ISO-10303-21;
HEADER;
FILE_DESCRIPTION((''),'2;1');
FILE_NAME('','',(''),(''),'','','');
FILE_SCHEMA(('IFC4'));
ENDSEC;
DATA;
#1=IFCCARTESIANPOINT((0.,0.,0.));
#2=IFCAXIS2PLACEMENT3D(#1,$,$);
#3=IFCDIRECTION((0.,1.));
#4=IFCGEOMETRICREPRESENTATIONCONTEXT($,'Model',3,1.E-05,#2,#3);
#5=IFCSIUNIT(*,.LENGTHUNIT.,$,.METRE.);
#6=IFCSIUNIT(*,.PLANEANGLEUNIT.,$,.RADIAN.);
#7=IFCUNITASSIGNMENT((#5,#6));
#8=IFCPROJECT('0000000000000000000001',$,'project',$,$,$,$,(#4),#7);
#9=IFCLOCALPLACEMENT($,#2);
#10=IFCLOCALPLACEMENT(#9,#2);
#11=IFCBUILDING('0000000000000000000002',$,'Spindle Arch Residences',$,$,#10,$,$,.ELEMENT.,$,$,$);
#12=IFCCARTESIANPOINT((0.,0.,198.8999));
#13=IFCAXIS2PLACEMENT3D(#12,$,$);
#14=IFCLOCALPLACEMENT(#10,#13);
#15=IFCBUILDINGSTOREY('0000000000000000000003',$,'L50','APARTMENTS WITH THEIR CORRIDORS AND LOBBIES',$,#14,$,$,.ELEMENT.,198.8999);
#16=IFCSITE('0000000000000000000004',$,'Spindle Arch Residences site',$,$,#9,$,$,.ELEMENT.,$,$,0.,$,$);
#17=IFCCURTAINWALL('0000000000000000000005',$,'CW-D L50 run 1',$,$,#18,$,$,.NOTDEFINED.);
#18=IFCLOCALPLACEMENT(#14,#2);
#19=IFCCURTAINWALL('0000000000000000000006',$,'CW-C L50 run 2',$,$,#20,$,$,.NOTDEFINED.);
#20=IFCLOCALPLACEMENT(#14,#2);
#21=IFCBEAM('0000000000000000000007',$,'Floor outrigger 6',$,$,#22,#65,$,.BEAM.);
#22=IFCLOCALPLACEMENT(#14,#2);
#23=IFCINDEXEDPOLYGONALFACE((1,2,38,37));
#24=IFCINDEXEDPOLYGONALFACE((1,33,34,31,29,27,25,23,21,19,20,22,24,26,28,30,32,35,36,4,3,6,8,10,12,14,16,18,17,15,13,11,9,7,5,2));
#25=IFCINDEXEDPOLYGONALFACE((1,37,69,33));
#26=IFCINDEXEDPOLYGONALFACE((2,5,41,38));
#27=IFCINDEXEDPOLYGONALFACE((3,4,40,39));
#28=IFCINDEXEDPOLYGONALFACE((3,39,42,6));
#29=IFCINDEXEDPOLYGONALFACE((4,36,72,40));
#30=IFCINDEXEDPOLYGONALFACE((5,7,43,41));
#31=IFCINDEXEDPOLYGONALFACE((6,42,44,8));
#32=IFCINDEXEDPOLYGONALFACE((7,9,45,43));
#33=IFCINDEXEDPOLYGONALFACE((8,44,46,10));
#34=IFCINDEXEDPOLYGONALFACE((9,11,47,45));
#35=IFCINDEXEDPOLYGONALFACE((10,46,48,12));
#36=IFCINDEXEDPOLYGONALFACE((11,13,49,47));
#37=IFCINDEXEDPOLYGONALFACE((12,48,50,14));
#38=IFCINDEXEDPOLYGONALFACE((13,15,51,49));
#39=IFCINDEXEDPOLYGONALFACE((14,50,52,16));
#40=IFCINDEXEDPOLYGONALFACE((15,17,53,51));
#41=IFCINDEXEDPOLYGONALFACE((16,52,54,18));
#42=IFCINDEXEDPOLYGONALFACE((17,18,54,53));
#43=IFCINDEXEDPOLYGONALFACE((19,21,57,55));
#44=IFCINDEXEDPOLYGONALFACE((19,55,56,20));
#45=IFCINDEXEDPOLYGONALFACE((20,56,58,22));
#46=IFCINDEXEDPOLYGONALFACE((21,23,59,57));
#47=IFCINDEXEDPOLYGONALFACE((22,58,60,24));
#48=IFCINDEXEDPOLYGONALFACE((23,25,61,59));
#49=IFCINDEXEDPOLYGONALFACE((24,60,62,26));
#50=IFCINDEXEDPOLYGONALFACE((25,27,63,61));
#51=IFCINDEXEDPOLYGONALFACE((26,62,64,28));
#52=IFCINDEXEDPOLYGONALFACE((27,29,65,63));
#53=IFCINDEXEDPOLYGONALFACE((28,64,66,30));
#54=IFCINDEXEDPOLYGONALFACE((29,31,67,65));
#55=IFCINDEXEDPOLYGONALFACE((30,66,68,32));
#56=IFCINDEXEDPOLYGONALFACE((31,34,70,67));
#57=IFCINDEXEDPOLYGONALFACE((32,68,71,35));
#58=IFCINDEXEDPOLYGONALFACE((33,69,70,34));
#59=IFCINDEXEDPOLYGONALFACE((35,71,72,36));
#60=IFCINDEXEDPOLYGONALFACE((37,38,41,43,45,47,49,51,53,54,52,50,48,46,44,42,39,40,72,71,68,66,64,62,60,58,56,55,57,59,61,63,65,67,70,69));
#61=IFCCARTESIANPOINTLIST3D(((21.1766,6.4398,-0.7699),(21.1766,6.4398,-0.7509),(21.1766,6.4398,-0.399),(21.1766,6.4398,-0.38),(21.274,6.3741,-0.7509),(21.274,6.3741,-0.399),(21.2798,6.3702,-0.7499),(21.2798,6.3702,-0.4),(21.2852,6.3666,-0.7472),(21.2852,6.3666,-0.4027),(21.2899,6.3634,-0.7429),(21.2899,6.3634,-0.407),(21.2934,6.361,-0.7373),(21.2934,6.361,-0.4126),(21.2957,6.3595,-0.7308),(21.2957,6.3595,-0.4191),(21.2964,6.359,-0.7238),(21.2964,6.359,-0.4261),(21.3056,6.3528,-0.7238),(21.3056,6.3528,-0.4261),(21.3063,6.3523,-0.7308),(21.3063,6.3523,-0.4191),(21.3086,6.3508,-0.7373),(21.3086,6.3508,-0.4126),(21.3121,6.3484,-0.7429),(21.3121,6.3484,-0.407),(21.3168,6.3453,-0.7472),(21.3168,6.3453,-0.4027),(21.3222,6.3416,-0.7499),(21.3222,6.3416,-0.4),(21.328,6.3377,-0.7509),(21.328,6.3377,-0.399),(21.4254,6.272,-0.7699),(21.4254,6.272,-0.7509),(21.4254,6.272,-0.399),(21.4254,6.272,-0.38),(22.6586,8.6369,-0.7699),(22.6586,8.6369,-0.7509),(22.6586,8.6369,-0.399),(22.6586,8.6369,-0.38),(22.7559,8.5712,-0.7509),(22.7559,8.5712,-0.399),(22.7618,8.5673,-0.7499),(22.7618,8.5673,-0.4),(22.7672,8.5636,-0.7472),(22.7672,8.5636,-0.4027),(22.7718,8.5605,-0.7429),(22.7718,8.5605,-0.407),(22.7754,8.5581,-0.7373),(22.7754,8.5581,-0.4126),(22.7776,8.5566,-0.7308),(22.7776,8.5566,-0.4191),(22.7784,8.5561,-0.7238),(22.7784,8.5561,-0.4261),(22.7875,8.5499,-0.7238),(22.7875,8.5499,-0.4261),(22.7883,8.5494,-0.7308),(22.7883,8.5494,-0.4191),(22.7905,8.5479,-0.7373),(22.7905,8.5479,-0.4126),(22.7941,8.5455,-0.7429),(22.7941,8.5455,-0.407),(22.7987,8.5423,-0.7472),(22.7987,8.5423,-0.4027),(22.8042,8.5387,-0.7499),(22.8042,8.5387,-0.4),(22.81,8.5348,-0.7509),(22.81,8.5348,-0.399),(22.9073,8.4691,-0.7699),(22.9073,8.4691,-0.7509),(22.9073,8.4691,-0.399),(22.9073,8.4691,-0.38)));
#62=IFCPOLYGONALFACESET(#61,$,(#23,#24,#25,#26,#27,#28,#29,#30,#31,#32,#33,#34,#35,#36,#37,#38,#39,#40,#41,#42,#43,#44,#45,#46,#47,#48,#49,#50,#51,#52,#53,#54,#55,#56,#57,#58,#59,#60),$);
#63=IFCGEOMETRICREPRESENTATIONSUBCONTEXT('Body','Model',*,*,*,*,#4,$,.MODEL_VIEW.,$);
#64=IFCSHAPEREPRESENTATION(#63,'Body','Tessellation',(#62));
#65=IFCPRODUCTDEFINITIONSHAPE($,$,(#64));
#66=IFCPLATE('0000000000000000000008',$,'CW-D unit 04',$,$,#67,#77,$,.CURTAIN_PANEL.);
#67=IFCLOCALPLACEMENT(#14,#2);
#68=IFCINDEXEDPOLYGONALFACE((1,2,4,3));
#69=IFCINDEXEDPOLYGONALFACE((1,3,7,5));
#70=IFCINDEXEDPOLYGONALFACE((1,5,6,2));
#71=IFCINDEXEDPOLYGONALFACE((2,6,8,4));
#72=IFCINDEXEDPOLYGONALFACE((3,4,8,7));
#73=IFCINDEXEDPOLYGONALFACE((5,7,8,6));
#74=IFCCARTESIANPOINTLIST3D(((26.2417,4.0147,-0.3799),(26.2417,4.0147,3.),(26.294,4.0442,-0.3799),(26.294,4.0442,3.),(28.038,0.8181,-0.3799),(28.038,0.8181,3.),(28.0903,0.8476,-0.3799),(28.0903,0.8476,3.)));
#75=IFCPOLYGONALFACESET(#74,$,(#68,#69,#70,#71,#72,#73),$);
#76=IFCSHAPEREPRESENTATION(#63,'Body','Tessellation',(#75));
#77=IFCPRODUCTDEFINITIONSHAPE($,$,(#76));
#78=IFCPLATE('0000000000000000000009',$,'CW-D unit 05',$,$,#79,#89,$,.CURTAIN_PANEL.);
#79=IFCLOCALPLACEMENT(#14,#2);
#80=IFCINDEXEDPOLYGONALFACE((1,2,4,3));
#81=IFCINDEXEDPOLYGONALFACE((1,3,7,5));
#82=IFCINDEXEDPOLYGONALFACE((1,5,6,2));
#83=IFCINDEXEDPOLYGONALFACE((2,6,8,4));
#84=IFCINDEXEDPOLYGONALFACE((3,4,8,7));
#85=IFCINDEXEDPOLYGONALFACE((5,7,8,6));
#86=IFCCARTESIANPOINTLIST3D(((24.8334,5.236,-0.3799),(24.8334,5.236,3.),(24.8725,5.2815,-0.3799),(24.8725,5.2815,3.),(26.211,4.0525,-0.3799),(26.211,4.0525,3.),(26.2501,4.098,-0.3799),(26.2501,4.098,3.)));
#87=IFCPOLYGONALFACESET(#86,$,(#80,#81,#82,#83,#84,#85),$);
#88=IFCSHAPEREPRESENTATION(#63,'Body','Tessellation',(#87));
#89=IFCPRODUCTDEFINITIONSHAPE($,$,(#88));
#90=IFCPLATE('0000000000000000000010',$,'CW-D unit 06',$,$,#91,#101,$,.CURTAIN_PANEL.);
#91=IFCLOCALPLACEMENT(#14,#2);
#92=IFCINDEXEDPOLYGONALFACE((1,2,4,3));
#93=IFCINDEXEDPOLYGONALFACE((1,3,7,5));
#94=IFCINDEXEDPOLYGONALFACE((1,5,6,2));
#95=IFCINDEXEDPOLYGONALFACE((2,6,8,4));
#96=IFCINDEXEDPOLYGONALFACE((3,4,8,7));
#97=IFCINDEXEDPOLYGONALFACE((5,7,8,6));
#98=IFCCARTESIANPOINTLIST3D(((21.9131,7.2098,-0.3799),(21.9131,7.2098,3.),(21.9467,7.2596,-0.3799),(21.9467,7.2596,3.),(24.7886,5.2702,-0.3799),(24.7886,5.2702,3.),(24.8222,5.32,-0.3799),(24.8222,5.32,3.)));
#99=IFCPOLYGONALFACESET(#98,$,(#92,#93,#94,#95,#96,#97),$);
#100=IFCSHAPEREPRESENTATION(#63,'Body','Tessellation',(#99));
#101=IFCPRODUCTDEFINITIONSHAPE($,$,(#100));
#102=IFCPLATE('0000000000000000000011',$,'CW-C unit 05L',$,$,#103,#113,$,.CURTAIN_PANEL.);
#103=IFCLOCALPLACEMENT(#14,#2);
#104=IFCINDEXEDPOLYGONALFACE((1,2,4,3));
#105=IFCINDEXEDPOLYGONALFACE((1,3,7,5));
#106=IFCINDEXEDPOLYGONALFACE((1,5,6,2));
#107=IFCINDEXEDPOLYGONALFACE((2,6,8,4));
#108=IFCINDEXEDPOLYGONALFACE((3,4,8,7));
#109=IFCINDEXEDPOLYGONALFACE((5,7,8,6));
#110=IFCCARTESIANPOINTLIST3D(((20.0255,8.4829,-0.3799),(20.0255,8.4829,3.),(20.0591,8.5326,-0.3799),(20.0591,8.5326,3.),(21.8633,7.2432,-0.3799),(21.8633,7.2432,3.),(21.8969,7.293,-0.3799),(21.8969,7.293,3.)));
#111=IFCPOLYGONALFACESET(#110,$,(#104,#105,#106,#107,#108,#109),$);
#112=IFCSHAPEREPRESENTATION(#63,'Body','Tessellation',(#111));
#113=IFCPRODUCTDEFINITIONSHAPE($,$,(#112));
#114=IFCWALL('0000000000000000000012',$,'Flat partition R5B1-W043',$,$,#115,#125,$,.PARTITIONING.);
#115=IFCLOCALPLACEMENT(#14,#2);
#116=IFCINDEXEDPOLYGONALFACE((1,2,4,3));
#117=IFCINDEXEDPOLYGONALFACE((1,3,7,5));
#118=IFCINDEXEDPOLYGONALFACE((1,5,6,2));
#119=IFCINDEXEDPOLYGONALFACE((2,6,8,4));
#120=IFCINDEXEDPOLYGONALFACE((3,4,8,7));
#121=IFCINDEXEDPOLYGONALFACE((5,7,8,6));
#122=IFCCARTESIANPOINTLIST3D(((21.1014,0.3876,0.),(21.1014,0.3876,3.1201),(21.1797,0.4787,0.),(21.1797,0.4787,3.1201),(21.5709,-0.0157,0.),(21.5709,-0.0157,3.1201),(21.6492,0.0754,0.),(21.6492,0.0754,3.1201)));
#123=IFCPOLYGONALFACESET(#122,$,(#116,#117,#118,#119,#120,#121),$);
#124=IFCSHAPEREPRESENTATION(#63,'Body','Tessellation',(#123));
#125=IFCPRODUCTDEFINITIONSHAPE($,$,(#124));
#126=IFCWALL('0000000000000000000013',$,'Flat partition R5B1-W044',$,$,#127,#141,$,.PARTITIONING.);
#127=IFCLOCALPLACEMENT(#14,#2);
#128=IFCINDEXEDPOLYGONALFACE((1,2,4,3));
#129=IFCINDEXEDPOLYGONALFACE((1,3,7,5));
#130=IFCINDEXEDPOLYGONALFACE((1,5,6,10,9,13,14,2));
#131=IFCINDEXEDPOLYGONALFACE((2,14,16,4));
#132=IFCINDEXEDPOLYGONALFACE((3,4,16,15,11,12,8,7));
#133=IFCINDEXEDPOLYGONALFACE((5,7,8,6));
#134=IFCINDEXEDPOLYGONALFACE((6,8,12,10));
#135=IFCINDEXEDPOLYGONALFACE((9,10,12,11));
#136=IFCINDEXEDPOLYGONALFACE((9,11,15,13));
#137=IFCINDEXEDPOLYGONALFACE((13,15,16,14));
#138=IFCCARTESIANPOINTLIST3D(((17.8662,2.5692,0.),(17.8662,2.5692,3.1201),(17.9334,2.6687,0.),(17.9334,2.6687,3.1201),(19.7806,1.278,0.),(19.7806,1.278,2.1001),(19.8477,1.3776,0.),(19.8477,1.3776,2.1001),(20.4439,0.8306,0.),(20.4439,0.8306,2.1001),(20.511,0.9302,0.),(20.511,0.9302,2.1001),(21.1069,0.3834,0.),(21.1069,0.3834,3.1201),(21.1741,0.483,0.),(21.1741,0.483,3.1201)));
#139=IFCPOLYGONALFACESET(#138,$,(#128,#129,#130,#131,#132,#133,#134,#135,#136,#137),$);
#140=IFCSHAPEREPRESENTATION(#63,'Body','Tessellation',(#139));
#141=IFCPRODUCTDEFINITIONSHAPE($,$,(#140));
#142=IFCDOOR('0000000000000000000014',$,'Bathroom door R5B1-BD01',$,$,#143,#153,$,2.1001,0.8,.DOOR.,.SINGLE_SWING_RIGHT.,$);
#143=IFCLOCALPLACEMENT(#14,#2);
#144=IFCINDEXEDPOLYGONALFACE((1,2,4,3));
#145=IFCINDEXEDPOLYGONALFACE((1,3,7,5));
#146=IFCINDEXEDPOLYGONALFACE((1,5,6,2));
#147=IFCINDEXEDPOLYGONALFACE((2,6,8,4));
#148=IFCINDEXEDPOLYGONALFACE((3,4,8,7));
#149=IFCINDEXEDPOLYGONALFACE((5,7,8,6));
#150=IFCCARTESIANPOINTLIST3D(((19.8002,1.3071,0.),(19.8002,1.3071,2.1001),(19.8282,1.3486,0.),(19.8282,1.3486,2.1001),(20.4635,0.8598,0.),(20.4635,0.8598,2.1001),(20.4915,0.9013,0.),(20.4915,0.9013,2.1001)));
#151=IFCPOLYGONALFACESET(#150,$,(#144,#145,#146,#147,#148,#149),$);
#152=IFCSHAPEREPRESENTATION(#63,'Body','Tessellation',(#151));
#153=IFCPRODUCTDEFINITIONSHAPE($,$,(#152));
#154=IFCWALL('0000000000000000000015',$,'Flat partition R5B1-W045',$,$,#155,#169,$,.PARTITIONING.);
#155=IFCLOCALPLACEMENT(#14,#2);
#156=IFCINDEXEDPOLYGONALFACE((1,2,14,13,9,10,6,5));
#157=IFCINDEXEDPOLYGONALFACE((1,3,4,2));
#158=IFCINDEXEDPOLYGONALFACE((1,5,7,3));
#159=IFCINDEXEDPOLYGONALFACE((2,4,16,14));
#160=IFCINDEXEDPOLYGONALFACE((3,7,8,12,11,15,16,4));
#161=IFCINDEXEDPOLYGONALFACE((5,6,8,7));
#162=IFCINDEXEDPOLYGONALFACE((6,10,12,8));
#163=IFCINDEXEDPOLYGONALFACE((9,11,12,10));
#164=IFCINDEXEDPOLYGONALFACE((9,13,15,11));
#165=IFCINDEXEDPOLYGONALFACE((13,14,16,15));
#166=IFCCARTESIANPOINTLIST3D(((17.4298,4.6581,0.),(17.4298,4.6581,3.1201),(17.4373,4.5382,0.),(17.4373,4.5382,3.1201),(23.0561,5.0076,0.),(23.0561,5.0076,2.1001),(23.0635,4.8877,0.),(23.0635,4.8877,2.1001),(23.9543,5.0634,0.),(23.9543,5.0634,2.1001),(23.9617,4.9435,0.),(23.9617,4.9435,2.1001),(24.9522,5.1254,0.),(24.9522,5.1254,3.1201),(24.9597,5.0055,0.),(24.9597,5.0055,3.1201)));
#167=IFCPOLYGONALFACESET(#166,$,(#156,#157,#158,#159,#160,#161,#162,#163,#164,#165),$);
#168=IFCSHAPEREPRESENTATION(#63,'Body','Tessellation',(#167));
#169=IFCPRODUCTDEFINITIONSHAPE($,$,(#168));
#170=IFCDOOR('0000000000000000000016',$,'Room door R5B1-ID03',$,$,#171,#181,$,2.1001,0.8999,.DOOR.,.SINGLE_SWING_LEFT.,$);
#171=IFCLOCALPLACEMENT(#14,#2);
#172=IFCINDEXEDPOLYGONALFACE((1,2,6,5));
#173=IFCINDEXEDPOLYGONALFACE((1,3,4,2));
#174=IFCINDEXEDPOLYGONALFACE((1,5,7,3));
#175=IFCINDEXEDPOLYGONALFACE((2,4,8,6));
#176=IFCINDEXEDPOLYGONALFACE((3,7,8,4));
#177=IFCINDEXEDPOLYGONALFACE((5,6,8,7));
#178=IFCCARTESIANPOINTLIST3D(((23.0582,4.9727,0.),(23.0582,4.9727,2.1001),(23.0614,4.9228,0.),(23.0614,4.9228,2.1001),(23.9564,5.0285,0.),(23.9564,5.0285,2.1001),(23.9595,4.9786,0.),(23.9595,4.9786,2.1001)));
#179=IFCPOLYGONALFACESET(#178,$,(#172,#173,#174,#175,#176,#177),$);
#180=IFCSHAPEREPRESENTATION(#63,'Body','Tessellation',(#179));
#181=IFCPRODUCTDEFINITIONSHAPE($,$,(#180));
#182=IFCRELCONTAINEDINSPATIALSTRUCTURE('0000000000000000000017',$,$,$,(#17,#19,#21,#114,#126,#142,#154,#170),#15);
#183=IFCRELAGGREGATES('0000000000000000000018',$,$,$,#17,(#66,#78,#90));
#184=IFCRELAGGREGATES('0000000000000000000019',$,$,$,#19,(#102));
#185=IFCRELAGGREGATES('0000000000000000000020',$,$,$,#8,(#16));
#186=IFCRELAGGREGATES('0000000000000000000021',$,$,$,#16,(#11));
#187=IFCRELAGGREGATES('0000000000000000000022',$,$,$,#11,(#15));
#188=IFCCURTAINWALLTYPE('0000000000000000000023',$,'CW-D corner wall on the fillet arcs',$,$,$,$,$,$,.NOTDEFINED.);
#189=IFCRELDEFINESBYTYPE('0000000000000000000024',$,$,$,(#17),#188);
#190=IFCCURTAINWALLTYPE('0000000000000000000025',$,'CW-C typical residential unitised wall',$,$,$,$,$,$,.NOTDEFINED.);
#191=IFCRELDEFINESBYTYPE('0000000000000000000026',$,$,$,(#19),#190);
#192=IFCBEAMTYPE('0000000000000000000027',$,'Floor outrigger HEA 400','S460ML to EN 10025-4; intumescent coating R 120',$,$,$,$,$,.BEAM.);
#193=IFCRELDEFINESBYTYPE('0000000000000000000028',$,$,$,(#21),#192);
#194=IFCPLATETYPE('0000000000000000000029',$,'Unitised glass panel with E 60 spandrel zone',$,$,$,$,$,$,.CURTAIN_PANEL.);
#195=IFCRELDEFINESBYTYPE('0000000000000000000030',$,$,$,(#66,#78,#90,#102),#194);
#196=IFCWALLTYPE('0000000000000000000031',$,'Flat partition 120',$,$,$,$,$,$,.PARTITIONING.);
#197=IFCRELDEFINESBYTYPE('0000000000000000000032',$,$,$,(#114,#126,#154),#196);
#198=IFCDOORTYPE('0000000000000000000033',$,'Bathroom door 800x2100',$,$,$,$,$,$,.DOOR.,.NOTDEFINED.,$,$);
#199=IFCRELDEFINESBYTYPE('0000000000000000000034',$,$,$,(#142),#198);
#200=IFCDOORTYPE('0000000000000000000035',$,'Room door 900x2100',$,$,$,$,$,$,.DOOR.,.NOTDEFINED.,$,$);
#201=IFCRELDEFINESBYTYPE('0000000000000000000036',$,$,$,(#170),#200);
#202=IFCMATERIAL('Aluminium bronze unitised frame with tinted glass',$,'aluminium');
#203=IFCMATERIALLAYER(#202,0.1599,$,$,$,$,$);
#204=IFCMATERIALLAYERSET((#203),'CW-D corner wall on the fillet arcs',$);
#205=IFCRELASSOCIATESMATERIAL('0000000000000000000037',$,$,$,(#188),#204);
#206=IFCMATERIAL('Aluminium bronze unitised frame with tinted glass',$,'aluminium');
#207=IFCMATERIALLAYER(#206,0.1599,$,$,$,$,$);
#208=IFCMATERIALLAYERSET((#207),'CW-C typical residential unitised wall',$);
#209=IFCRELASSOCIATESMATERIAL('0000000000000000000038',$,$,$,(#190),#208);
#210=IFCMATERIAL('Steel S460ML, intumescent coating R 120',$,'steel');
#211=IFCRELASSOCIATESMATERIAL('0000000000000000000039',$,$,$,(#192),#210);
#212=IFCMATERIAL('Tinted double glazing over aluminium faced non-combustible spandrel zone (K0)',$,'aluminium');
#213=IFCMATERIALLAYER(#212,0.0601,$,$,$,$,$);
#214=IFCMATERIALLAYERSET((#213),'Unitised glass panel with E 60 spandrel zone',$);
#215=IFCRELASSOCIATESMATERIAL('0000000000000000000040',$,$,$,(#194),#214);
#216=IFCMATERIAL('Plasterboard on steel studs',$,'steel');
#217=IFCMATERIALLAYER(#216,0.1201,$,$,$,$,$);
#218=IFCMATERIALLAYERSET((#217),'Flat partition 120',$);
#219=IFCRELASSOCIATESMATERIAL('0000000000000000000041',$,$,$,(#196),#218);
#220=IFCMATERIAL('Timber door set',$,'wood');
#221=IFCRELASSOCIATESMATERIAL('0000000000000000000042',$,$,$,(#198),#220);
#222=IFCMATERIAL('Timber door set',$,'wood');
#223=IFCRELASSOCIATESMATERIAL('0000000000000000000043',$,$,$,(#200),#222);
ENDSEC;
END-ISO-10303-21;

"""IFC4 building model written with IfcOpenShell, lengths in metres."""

from ifc_helpers import new_model, si_unit, direction, frame, frame_2d, origin, origin_2d, place, context, subcontext, project, spatial, rectangle, i_section, extrude, material, layer, layer_set, material_profile, profile_set, type_object, element, fill, aggregate, save


model = new_model("IFC4")

# Units and contexts
model_context = context("Model", 3, precision=1e-05, world=origin(), true_north=direction((0.0, 1.0)))
body_context = subcontext(model_context, "Body", "Model", "MODEL_VIEW")
ifc_project = project(units=[si_unit("LENGTHUNIT", "METRE"), si_unit("PLANEANGLEUNIT", "RADIAN")], contexts=[model_context])

# Site, building, storey
site_placement = place(None, origin())
site = spatial("IfcSite", under=ifc_project, at=site_placement, Name="Spindle Arch Residences site", CompositionType="ELEMENT", RefElevation=0.0)
building_placement = place(site_placement, origin())
building = spatial("IfcBuilding", under=site, at=building_placement, Name="Spindle Arch Residences", CompositionType="ELEMENT")
storey_placement = place(building_placement, frame((0.0, 0.0, 198.8999)))
storey = spatial("IfcBuildingStorey", under=building, at=storey_placement, Name="L50", Description="APARTMENTS WITH THEIR CORRIDORS AND LOBBIES", CompositionType="ELEMENT", Elevation=198.8999)

# Curtain wall
ifc_material_1 = material(Name="Aluminium bronze unitised frame with tinted glass", Category="aluminium")
ifc_layer_1 = layer(ifc_material_1, 0.1599)
ifc_layer_set_1 = layer_set([ifc_layer_1], Name="CW-D corner wall on the fillet arcs")
curtain_wall_type_1 = type_object("IfcCurtainWallType", Name="CW-D corner wall on the fillet arcs", PredefinedType="NOTDEFINED", material=ifc_layer_set_1)
curtain_wall_1_placement = place(storey_placement, origin())
curtain_wall_1 = element("IfcCurtainWall", 1, at=curtain_wall_1_placement, inside=storey, type_object=curtain_wall_type_1, Name="CW-D L50 run 1", PredefinedType="NOTDEFINED")

# Curtain wall
ifc_material_2 = material(Name="Aluminium bronze unitised frame with tinted glass", Category="aluminium")
ifc_layer_2 = layer(ifc_material_2, 0.1599)
ifc_layer_set_2 = layer_set([ifc_layer_2], Name="CW-C typical residential unitised wall")
curtain_wall_type_2 = type_object("IfcCurtainWallType", Name="CW-C typical residential unitised wall", PredefinedType="NOTDEFINED", material=ifc_layer_set_2)
curtain_wall_2_placement = place(storey_placement, origin())
curtain_wall_2 = element("IfcCurtainWall", 2, at=curtain_wall_2_placement, inside=storey, type_object=curtain_wall_type_2, Name="CW-C L50 run 2", PredefinedType="NOTDEFINED")

# Beam
ifc_material_3 = material(Name="Steel S460ML, intumescent coating R 120", Category="steel")
ifc_material_profile_1 = material_profile(ifc_material_3, i_section(OverallWidth=0.3, OverallDepth=0.3899, WebThickness=0.011, FlangeThickness=0.019, FilletRadius=0.0271, at=origin_2d()), Name="HEA 400")
ifc_profile_set_1 = profile_set([ifc_material_profile_1], Name="Steel S460ML, intumescent coating R 120")
beam_type_1 = type_object("IfcBeamType", Name="Floor outrigger HEA 400", Description="S460ML to EN 10025-4; intumescent coating R 120", PredefinedType="BEAM", material=ifc_profile_set_1)
beam_1_placement = place(storey_placement, frame((22.783, 8.553, -0.575), z_axis=(-0.559199, -0.829033, 0.0), x_axis=(0.829033, -0.559199, 0.0)))
element("IfcBeam", 3, at=beam_1_placement, inside=storey, type_object=beam_type_1, Name="Floor outrigger 6", PredefinedType="BEAM", context=body_context, shape_type="SweptSolid", body=[
    extrude(i_section(OverallWidth=0.3, OverallDepth=0.3899, WebThickness=0.011, FlangeThickness=0.019, FilletRadius=0.0271, at=origin_2d()), origin(), (0.0, 0.0, 1.0), 2.6501),
])

# Plates
ifc_material_4 = material(Name="Tinted double glazing over aluminium faced non-combustible spandrel zone (K0)", Category="aluminium")
ifc_layer_3 = layer(ifc_material_4, 0.0601)
ifc_layer_set_3 = layer_set([ifc_layer_3], Name="Unitised glass panel with E 60 spandrel zone")
plate_type = type_object("IfcPlateType", Name="Unitised glass panel with E 60 spandrel zone", PredefinedType="CURTAIN_PANEL", material=ifc_layer_set_3)
plate_1_placement = place(storey_placement, frame((27.166, 2.4312, -0.3799), z_axis=(0.0, 0.0, 1.0), x_axis=(-0.48989, 0.871784, 0.0)))
plate_1 = element("IfcPlate", 4, at=plate_1_placement, type_object=plate_type, Name="CW-D unit 04", PredefinedType="CURTAIN_PANEL", context=body_context, shape_type="SweptSolid", body=[
    extrude(rectangle(XDim=3.6667, YDim=0.0601, at=origin_2d()), origin(), (0.0, 0.0, 1.0), 3.3799),
])
plate_2_placement = place(storey_placement, frame((25.5417, 4.667, -0.3799), z_axis=(0.0, 0.0, 1.0), x_axis=(-0.758514, 0.651657, 0.0)))
plate_2 = element("IfcPlate", 5, at=plate_2_placement, type_object=plate_type, Name="CW-D unit 05", PredefinedType="CURTAIN_PANEL", context=body_context, shape_type="SweptSolid", body=[
    extrude(rectangle(XDim=1.8162, YDim=0.0601, at=origin_2d()), origin(), (0.0, 0.0, 1.0), 3.3799),
])
plate_3_placement = place(storey_placement, frame((23.3677, 6.2649, -0.3799), z_axis=(0.0, 0.0, 1.0), x_axis=(-0.829038, 0.559193, 0.0)))
plate_3 = element("IfcPlate", 6, at=plate_3_placement, type_object=plate_type, Name="CW-D unit 06", PredefinedType="CURTAIN_PANEL", context=body_context, shape_type="SweptSolid", body=[
    extrude(rectangle(XDim=3.4685, YDim=0.0601, at=origin_2d()), origin(), (0.0, 0.0, 1.0), 3.3799),
])
aggregate(curtain_wall_1, [plate_1, plate_2, plate_3])
plate_4_placement = place(storey_placement, frame((20.9612, 7.8879, -0.3799), z_axis=(0.0, 0.0, 1.0), x_axis=(-0.829038, 0.559193, 0.0)))
plate_4 = element("IfcPlate", 7, at=plate_4_placement, type_object=plate_type, Name="CW-C unit 05L", PredefinedType="CURTAIN_PANEL", context=body_context, shape_type="SweptSolid", body=[
    extrude(rectangle(XDim=2.2168, YDim=0.0601, at=origin_2d()), origin(), (0.0, 0.0, 1.0), 3.3799),
])
aggregate(curtain_wall_2, [plate_4])

# Wall
ifc_material_5 = material(Name="Plasterboard on steel studs", Category="steel")
ifc_layer_4 = layer(ifc_material_5, 0.1201)
ifc_layer_set_4 = layer_set([ifc_layer_4], Name="Flat partition 120")
wall_type_1 = type_object("IfcWallType", Name="Flat partition 120", PredefinedType="PARTITIONING", material=ifc_layer_set_4)
wall_1_placement = place(storey_placement, frame((21.6101, 0.0298, 0.0), z_axis=(0.0, 0.0, 1.0), x_axis=(-0.758532, 0.651636, 0.0)))
element("IfcWall", 8, at=wall_1_placement, inside=storey, type_object=wall_type_1, Name="Flat partition R5B1-W043", PredefinedType="PARTITIONING", context=body_context, shape_type="SweptSolid", body=[
    extrude(rectangle(XDim=0.6189, YDim=0.1201, at=frame_2d((0.3096, 0.0))), origin(), (0.0, 0.0, 1.0), 3.1201),
])

# Walls, openings, doors
wall_2_placement = place(storey_placement, frame((21.1406, 0.4331, 0.0), z_axis=(0.0, 0.0, 1.0), x_axis=(-0.82905, 0.559175, 0.0)))
wall_2 = element("IfcWall", 9, at=wall_2_placement, inside=storey, type_object=wall_type_1, Name="Flat partition R5B1-W044", PredefinedType="PARTITIONING", context=body_context, shape_type="SweptSolid", body=[
    extrude(rectangle(XDim=3.9089, YDim=0.1201, at=frame_2d((1.9546, 0.0))), origin(), (0.0, 0.0, 1.0), 3.1201),
])
opening_1_placement = place(wall_2_placement, frame((0.8, 0.0, 0.0)))
opening_1 = element("IfcOpeningElement", 10, at=opening_1_placement, cuts=wall_2, PredefinedType="OPENING", context=body_context, shape_type="SweptSolid", body=[
    extrude(rectangle(XDim=0.8, YDim=2.1001, at=frame_2d((0.3999, 1.05))), frame((0.0, 0.0701, 0.0), z_axis=(0.0, -1.0, 0.0), x_axis=(1.0, 0.0, 0.0)), (0.0, 0.0, 1.0), 0.1401),
])
ifc_material_6 = material(Name="Timber door set", Category="wood")
door_type_1 = type_object("IfcDoorType", Name="Bathroom door 800x2100", OperationType="NOTDEFINED", PredefinedType="DOOR", material=ifc_material_6)
door_1_placement = place(opening_1_placement, origin())
door_1 = element("IfcDoor", 11, at=door_1_placement, inside=storey, type_object=door_type_1, Name="Bathroom door R5B1-BD01", OperationType="SINGLE_SWING_RIGHT", OverallHeight=2.1001, OverallWidth=0.8, PredefinedType="DOOR", context=body_context, shape_type="SweptSolid", body=[
    extrude(rectangle(XDim=0.8, YDim=2.1001, at=frame_2d((0.3999, 1.05))), frame((0.0, 0.0249, 0.0), z_axis=(0.0, -1.0, 0.0), x_axis=(1.0, 0.0, 0.0)), (0.0, 0.0, 1.0), 0.05),
])
fill(opening_1, door_1)
wall_3_placement = place(storey_placement, frame((24.9561, 5.0654, 0.0), z_axis=(0.0, 0.0, 1.0), x_axis=(-0.998076, -0.061999, 0.0)))
wall_3 = element("IfcWall", 12, at=wall_3_placement, inside=storey, type_object=wall_type_1, Name="Flat partition R5B1-W045", PredefinedType="PARTITIONING", context=body_context, shape_type="SweptSolid", body=[
    extrude(rectangle(XDim=7.5369, YDim=0.1201, at=frame_2d((3.7686, 0.0))), origin(), (0.0, 0.0, 1.0), 3.1201),
])
opening_2_placement = place(wall_3_placement, frame((1.0, 0.0, 0.0)))
opening_2 = element("IfcOpeningElement", 13, at=opening_2_placement, cuts=wall_3, PredefinedType="OPENING", context=body_context, shape_type="SweptSolid", body=[
    extrude(rectangle(XDim=0.8999, YDim=2.1001, at=frame_2d((0.45, 1.05))), frame((0.0, 0.0701, 0.0), z_axis=(0.0, -1.0, 0.0), x_axis=(1.0, 0.0, 0.0)), (0.0, 0.0, 1.0), 0.1401),
])
ifc_material_7 = material(Name="Timber door set", Category="wood")
door_type_2 = type_object("IfcDoorType", Name="Room door 900x2100", OperationType="NOTDEFINED", PredefinedType="DOOR", material=ifc_material_7)
door_2_placement = place(opening_2_placement, origin())
door_2 = element("IfcDoor", 14, at=door_2_placement, inside=storey, type_object=door_type_2, Name="Room door R5B1-ID03", OperationType="SINGLE_SWING_LEFT", OverallHeight=2.1001, OverallWidth=0.8999, PredefinedType="DOOR", context=body_context, shape_type="SweptSolid", body=[
    extrude(rectangle(XDim=0.8999, YDim=2.1001, at=frame_2d((0.45, 1.05))), frame((0.0, 0.0249, 0.0), z_axis=(0.0, -1.0, 0.0), x_axis=(1.0, 0.0, 0.0)), (0.0, 0.0, 1.0), 0.05),
])
fill(opening_2, door_2)

save(model, "model.ifc")
